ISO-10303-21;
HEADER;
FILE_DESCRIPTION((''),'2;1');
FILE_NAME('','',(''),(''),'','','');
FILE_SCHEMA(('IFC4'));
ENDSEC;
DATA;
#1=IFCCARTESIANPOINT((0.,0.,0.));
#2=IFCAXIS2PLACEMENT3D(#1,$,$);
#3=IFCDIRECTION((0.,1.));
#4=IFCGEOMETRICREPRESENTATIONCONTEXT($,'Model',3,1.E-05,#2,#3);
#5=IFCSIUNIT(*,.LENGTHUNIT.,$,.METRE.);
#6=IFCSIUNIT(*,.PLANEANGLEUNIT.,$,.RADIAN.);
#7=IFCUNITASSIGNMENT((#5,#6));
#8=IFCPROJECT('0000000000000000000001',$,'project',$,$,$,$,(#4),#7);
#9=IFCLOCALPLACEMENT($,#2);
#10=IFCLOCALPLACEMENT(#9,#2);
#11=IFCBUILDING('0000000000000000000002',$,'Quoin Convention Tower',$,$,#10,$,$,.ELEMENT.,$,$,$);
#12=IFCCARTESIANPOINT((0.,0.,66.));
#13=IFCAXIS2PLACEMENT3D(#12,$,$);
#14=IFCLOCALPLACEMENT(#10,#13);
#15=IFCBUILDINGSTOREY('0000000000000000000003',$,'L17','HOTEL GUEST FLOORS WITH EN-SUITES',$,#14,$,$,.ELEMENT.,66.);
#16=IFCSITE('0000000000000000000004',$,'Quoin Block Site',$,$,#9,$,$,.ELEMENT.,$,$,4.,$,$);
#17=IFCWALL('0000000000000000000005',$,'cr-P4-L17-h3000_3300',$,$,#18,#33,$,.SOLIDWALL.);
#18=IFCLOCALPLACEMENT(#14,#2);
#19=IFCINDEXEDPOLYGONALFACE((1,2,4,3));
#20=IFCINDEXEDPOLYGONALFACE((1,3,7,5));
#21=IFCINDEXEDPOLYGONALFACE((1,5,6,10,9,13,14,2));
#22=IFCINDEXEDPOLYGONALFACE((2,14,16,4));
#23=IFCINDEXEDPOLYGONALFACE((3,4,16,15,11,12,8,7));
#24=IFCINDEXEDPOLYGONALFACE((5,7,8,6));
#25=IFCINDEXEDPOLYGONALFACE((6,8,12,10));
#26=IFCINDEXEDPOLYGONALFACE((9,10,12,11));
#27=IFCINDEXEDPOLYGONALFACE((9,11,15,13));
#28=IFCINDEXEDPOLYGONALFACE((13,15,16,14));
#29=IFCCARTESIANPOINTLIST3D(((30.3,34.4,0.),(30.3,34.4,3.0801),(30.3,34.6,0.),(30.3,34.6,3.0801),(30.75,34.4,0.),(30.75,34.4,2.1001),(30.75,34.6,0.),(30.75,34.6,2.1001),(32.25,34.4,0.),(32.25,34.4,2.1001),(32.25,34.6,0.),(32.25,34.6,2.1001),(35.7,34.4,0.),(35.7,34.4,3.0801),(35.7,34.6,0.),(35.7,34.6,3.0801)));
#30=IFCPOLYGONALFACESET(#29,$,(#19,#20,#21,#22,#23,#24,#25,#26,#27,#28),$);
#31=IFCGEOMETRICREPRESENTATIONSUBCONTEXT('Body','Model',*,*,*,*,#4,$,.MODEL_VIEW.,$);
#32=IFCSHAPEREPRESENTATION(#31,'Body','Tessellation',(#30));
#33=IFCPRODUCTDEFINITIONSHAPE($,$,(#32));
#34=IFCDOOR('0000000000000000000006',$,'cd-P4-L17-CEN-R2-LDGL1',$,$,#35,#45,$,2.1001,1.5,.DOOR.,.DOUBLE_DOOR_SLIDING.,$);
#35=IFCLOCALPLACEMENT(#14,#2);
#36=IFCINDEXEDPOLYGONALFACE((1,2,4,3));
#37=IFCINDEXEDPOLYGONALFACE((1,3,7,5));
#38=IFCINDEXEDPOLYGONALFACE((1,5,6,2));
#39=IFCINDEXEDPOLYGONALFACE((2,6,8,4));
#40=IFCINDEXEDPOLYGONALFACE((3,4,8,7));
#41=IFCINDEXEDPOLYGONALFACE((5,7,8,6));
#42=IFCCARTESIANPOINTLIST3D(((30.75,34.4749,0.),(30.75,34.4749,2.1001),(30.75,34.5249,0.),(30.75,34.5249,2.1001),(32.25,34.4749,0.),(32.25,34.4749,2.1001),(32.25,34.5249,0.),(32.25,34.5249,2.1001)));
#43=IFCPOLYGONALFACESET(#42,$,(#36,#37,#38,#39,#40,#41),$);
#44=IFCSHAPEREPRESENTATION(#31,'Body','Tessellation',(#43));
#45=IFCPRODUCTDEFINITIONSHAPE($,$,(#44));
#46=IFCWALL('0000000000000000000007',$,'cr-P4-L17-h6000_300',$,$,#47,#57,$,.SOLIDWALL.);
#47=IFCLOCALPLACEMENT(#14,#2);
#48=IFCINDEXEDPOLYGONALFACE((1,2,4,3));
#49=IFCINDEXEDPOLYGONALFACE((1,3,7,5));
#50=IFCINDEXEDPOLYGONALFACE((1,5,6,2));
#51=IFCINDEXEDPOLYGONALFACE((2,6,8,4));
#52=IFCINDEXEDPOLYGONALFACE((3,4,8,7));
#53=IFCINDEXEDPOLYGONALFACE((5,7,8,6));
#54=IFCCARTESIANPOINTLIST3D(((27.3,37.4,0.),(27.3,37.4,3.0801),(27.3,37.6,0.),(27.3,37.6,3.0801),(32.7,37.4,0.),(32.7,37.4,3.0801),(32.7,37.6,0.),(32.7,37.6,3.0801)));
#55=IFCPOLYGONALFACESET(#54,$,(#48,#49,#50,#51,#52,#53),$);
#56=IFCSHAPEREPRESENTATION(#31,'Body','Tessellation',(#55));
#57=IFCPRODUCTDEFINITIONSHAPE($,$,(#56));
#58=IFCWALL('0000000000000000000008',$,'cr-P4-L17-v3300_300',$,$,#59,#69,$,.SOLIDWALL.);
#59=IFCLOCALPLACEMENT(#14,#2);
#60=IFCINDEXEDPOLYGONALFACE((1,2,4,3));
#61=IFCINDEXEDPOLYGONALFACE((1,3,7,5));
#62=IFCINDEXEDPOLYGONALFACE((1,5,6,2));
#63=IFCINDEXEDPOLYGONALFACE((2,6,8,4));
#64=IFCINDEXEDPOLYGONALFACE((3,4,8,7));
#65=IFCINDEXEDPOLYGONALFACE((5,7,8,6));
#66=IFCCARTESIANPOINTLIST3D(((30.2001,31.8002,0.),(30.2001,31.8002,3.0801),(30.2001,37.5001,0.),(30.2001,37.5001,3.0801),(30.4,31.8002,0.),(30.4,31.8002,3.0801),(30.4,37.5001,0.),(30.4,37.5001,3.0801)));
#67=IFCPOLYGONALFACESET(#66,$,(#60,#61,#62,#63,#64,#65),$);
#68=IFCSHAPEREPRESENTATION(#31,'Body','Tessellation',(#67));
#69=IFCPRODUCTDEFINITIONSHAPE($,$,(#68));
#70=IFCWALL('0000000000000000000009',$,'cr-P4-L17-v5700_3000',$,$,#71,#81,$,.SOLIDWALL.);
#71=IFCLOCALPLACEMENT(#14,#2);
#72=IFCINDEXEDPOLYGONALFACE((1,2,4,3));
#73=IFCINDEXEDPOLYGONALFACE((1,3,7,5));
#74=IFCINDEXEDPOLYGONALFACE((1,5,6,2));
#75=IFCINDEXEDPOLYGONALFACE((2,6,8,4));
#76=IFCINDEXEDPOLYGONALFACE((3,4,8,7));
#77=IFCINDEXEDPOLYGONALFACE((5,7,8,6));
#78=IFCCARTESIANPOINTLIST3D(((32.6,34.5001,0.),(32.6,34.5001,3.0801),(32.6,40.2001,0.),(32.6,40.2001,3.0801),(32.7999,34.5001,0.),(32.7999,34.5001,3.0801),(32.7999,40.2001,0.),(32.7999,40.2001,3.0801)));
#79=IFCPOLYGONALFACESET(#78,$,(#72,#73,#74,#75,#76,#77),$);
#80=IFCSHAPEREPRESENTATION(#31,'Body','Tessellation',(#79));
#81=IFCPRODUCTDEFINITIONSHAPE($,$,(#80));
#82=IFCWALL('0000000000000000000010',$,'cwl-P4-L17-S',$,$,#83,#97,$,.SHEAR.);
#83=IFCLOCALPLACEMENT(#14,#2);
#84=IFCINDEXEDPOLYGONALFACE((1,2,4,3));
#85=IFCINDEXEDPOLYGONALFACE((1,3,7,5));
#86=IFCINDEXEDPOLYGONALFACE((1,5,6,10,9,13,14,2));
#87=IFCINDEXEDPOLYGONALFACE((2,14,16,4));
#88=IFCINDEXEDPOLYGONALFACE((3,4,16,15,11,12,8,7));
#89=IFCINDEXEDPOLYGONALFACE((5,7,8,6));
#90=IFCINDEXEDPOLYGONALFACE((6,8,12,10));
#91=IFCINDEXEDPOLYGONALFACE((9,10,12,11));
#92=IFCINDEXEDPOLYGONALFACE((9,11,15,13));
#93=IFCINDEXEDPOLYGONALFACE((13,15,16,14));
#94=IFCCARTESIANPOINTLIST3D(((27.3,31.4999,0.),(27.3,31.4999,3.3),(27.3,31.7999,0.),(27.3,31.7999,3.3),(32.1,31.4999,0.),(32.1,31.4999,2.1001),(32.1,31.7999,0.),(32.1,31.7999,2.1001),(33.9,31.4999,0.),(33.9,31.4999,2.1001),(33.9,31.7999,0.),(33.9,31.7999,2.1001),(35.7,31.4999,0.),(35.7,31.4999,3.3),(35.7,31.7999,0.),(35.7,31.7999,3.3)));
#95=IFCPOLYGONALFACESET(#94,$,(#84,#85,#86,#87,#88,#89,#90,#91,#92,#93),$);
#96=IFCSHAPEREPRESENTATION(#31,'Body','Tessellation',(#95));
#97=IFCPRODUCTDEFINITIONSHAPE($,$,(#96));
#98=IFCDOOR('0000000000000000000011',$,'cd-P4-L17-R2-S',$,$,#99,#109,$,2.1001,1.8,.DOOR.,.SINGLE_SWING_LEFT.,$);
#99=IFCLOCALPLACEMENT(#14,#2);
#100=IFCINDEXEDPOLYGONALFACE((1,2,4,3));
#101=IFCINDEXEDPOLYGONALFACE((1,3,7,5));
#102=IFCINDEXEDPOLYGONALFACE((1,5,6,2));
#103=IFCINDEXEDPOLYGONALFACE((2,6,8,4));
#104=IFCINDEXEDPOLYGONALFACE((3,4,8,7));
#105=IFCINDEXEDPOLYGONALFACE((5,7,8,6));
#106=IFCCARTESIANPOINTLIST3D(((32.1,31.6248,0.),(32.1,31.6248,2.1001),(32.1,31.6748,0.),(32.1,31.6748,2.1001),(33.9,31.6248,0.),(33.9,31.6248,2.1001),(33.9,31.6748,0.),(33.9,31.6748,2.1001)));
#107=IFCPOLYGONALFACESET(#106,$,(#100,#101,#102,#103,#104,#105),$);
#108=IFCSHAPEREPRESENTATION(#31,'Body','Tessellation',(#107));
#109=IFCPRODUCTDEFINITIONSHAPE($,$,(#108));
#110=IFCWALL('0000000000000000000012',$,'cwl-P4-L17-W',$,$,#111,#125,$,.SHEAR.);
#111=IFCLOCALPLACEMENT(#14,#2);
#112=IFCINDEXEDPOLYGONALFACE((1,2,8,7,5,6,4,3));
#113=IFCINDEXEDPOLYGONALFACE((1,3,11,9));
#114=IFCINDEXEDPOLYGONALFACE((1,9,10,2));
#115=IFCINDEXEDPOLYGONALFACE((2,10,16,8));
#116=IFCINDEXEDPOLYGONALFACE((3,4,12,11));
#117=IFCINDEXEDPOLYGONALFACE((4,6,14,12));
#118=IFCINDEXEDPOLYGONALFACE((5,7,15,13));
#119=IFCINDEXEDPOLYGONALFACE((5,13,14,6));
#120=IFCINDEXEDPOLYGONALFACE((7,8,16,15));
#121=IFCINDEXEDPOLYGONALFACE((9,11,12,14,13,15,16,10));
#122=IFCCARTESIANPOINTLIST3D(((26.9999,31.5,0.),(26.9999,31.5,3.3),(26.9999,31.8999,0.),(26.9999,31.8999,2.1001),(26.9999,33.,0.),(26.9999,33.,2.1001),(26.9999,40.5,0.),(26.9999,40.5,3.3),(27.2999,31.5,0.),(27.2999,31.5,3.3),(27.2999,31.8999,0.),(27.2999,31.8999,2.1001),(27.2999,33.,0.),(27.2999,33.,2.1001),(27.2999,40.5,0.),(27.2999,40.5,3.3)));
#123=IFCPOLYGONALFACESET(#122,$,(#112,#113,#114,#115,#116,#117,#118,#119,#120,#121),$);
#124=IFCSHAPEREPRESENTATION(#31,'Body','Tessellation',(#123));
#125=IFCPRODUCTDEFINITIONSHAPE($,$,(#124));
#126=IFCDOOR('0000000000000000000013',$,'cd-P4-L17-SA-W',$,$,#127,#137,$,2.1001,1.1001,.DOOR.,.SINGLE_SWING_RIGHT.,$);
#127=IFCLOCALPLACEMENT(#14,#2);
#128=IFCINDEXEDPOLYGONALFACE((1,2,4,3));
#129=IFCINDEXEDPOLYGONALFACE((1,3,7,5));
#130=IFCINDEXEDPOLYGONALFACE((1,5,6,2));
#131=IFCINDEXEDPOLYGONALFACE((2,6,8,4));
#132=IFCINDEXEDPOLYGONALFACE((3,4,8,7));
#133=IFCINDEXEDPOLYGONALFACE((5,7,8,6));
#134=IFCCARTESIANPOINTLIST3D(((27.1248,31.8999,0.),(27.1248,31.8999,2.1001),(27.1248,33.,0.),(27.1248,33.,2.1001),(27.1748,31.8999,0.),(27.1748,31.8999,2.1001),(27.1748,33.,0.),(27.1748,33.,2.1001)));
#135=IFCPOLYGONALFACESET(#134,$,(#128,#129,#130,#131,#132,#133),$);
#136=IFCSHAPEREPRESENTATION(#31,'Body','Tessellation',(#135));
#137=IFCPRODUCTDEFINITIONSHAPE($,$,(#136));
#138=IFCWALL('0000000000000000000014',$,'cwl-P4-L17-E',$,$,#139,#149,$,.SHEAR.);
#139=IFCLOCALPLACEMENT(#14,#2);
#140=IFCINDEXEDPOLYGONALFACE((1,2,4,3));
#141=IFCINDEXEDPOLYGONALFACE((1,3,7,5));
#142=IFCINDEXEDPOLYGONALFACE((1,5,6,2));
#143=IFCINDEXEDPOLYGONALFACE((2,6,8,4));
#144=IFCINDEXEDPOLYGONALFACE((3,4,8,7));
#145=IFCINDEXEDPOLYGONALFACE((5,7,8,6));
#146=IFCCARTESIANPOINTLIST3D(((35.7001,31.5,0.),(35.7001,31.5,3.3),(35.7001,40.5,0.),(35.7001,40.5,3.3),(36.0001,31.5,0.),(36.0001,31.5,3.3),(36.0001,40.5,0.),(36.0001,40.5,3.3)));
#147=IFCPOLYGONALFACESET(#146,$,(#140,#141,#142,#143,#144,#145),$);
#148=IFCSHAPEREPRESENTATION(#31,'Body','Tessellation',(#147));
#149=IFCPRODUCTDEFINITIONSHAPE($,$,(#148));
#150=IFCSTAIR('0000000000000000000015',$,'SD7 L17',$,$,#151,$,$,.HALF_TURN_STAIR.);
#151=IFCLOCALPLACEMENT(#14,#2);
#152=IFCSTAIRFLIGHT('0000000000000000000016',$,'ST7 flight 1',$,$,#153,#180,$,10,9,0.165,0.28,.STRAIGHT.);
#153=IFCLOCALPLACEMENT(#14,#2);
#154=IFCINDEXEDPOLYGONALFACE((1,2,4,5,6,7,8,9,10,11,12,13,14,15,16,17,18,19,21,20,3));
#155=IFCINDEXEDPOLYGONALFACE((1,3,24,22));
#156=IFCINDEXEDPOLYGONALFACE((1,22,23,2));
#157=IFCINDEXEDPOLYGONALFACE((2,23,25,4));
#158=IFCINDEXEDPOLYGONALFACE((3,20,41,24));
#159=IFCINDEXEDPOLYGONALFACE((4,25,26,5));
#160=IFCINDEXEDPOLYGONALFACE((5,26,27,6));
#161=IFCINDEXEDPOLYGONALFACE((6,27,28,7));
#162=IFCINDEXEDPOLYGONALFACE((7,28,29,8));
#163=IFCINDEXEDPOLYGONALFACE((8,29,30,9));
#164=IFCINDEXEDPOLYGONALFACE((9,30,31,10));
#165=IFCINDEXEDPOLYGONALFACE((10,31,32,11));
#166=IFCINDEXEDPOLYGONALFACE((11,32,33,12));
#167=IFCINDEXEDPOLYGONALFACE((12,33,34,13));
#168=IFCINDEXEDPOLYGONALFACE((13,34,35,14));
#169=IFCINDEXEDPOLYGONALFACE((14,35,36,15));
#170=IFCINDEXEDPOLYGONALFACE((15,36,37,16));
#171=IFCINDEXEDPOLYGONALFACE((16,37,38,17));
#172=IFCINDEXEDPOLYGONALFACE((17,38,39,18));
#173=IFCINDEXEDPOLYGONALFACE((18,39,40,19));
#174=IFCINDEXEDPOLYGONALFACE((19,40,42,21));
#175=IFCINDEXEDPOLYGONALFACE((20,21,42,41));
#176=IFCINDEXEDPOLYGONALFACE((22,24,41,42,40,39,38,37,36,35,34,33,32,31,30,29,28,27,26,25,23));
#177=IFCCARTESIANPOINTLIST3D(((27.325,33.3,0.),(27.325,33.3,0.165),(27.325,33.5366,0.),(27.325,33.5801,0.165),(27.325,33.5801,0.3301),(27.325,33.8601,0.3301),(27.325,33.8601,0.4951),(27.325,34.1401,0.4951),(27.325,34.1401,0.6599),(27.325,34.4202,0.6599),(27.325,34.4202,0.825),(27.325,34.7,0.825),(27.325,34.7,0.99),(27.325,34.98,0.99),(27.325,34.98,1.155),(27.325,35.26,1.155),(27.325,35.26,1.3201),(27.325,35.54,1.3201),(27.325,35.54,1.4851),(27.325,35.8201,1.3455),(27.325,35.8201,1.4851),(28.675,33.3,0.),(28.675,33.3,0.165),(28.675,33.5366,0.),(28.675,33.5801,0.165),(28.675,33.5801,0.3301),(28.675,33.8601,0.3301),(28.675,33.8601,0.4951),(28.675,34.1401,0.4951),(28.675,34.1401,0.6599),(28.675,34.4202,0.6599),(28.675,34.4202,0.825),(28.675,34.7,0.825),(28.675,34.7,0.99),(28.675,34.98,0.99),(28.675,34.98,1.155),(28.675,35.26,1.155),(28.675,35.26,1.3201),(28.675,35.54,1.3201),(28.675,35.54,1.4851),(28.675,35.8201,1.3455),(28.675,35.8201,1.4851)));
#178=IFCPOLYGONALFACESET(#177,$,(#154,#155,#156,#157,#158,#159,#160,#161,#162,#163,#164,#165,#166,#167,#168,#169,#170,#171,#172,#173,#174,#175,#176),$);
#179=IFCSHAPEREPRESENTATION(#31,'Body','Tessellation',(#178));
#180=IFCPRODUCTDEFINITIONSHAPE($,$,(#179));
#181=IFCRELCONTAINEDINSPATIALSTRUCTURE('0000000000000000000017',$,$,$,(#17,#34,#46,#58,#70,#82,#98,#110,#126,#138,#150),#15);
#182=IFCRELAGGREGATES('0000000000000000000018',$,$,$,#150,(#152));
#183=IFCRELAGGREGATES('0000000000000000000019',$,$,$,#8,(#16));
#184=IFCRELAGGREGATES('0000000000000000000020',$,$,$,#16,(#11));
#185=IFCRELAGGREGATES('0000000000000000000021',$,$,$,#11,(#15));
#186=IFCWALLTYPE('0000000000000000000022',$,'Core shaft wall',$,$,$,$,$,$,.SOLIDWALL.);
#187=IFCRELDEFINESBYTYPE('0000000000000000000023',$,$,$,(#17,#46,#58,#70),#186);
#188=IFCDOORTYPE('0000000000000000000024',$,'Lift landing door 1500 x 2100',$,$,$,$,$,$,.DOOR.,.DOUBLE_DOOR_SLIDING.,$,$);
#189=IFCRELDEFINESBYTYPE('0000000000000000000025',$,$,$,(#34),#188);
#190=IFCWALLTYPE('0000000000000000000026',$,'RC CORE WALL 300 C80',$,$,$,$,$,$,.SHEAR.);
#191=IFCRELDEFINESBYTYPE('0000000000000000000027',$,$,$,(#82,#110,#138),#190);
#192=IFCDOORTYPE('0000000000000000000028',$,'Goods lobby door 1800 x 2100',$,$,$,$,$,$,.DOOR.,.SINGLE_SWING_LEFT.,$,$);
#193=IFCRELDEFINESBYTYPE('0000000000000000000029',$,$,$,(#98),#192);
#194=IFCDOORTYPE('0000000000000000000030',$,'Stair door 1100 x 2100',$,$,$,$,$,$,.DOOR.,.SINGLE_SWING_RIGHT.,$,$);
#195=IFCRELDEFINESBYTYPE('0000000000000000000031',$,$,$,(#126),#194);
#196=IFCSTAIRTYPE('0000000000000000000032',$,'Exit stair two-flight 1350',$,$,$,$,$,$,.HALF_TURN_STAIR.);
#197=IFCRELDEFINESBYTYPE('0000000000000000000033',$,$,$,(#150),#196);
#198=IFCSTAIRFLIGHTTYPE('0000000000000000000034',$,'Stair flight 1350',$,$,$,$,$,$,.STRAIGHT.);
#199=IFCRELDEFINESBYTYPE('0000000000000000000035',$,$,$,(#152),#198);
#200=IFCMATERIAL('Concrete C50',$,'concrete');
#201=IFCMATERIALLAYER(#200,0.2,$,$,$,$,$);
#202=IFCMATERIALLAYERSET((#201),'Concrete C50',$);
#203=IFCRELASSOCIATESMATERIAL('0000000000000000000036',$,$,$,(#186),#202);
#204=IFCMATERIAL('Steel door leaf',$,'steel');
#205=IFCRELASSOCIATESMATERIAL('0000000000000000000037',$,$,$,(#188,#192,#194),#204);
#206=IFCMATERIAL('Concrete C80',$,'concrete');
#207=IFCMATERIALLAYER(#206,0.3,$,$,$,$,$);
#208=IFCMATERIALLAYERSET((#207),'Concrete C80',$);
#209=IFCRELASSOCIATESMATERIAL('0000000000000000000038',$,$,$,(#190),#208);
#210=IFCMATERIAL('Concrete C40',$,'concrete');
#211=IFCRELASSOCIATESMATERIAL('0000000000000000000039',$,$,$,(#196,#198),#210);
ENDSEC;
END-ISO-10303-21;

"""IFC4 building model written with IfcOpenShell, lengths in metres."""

from ifc_helpers import new_model, si_unit, direction, frame, frame_2d, origin, place, context, subcontext, project, spatial, polyline, rectangle, outline, extrude, material, layer, layer_set, type_object, element, fill, aggregate, save


model = new_model("IFC4")

# Units and contexts
model_context = context("Model", 3, precision=1e-05, world=origin(), true_north=direction((0.0, 1.0)))
body_context = subcontext(model_context, "Body", "Model", "MODEL_VIEW")
ifc_project = project(units=[si_unit("LENGTHUNIT", "METRE"), si_unit("PLANEANGLEUNIT", "RADIAN")], contexts=[model_context])

# Site, building, storey
site_placement = place(None, origin())
site = spatial("IfcSite", under=ifc_project, at=site_placement, Name="Quoin Block Site", CompositionType="ELEMENT", RefElevation=4.0)
building_placement = place(site_placement, origin())
building = spatial("IfcBuilding", under=site, at=building_placement, Name="Quoin Convention Tower", CompositionType="ELEMENT")
storey_placement = place(building_placement, frame((0.0, 0.0, 66.0)))
storey = spatial("IfcBuildingStorey", under=building, at=storey_placement, Name="L17", Description="HOTEL GUEST FLOORS WITH EN-SUITES", CompositionType="ELEMENT", Elevation=66.0)

# Wall, opening, door
ifc_material_1 = material(Name="Concrete C50", Category="concrete")
ifc_layer_1 = layer(ifc_material_1, 0.2)
ifc_layer_set_1 = layer_set([ifc_layer_1], Name="Concrete C50")
wall_type_1 = type_object("IfcWallType", Name="Core shaft wall", PredefinedType="SOLIDWALL", material=ifc_layer_set_1)
wall_1_placement = place(storey_placement, frame((30.3, 34.5, 0.0), z_axis=(0.0, 0.0, 1.0), x_axis=(1.0, 0.0, 0.0)))
wall_1 = element("IfcWall", 1, at=wall_1_placement, inside=storey, type_object=wall_type_1, Name="cr-P4-L17-h3000_3300", PredefinedType="SOLIDWALL", context=body_context, shape_type="SweptSolid", body=[
    extrude(rectangle(XDim=5.3999, YDim=0.2, at=frame_2d((2.7, 0.0))), origin(), (0.0, 0.0, 1.0), 3.0801),
])
opening_1_placement = place(wall_1_placement, frame((0.45, 0.0, 0.0)))
opening_1 = element("IfcOpeningElement", 2, at=opening_1_placement, cuts=wall_1, PredefinedType="OPENING", context=body_context, shape_type="SweptSolid", body=[
    extrude(rectangle(XDim=1.5, YDim=2.1001, at=frame_2d((0.75, 1.05))), frame((0.0, 0.1099, 0.0), z_axis=(0.0, -1.0, 0.0), x_axis=(1.0, 0.0, 0.0)), (0.0, 0.0, 1.0), 0.22),
])
ifc_material_2 = material(Name="Steel door leaf", Category="steel")
door_type_1 = type_object("IfcDoorType", Name="Lift landing door 1500 x 2100", OperationType="DOUBLE_DOOR_SLIDING", PredefinedType="DOOR", material=ifc_material_2)
door_1_placement = place(opening_1_placement, origin())
door_1 = element("IfcDoor", 3, at=door_1_placement, inside=storey, type_object=door_type_1, Name="cd-P4-L17-CEN-R2-LDGL1", OperationType="DOUBLE_DOOR_SLIDING", OverallHeight=2.1001, OverallWidth=1.5, PredefinedType="DOOR", context=body_context, shape_type="SweptSolid", body=[
    extrude(rectangle(XDim=1.5, YDim=2.1001, at=frame_2d((0.75, 1.05))), frame((0.0, 0.0249, 0.0), z_axis=(0.0, -1.0, 0.0), x_axis=(1.0, 0.0, 0.0)), (0.0, 0.0, 1.0), 0.05),
])
fill(opening_1, door_1)

# Walls
wall_2_placement = place(storey_placement, frame((27.3, 37.5, 0.0), z_axis=(0.0, 0.0, 1.0), x_axis=(1.0, 0.0, 0.0)))
element("IfcWall", 4, at=wall_2_placement, inside=storey, type_object=wall_type_1, Name="cr-P4-L17-h6000_300", PredefinedType="SOLIDWALL", context=body_context, shape_type="SweptSolid", body=[
    extrude(rectangle(XDim=5.3999, YDim=0.2, at=frame_2d((2.7, 0.0))), origin(), (0.0, 0.0, 1.0), 3.0801),
])
for number, where, z_axis, x_axis, name in (
    (5, (30.3, 31.8, 0.0), (0.0, 0.0, 1.0), (0.0, 1.0, 0.0), "cr-P4-L17-v3300_300"),
    (6, (32.7, 34.5, 0.0), (0.0, 0.0, 1.0), (0.0, 1.0, 0.0), "cr-P4-L17-v5700_3000"),
):
    element("IfcWall", number, at=place(storey_placement, frame(where, z_axis=z_axis, x_axis=x_axis)), inside=storey, type_object=wall_type_1, Name=name, PredefinedType="SOLIDWALL", context=body_context, shape_type="SweptSolid", body=[
        extrude(rectangle(XDim=5.7, YDim=0.2, at=frame_2d((2.8501, 0.0))), origin(), (0.0, 0.0, 1.0), 3.0801),
    ])

# Walls, openings, doors
ifc_material_3 = material(Name="Concrete C80", Category="concrete")
ifc_layer_2 = layer(ifc_material_3, 0.3)
ifc_layer_set_2 = layer_set([ifc_layer_2], Name="Concrete C80")
wall_type_2 = type_object("IfcWallType", Name="RC CORE WALL 300 C80", PredefinedType="SHEAR", material=ifc_layer_set_2)
wall_3_placement = place(storey_placement, frame((27.3, 31.6499, 0.0), z_axis=(0.0, 0.0, 1.0), x_axis=(1.0, 0.0, 0.0)))
wall_3 = element("IfcWall", 7, at=wall_3_placement, inside=storey, type_object=wall_type_2, Name="cwl-P4-L17-S", PredefinedType="SHEAR", context=body_context, shape_type="SweptSolid", body=[
    extrude(rectangle(XDim=8.3999, YDim=0.3, at=frame_2d((4.2, 0.0))), origin(), (0.0, 0.0, 1.0), 3.3),
])
opening_2_placement = place(wall_3_placement, frame((4.8, 0.0, 0.0)))
opening_2 = element("IfcOpeningElement", 8, at=opening_2_placement, cuts=wall_3, PredefinedType="OPENING", context=body_context, shape_type="SweptSolid", body=[
    extrude(rectangle(XDim=1.8, YDim=2.1001, at=frame_2d((0.8999, 1.05))), frame((0.0, 0.1599, 0.0), z_axis=(0.0, -1.0, 0.0), x_axis=(1.0, 0.0, 0.0)), (0.0, 0.0, 1.0), 0.3201),
])
door_type_2 = type_object("IfcDoorType", Name="Goods lobby door 1800 x 2100", OperationType="SINGLE_SWING_LEFT", PredefinedType="DOOR", material=ifc_material_2)
door_2_placement = place(opening_2_placement, origin())
door_2 = element("IfcDoor", 9, at=door_2_placement, inside=storey, type_object=door_type_2, Name="cd-P4-L17-R2-S", OperationType="SINGLE_SWING_LEFT", OverallHeight=2.1001, OverallWidth=1.8, PredefinedType="DOOR", context=body_context, shape_type="SweptSolid", body=[
    extrude(rectangle(XDim=1.8, YDim=2.1001, at=frame_2d((0.8999, 1.05))), frame((0.0, 0.0249, 0.0), z_axis=(0.0, -1.0, 0.0), x_axis=(1.0, 0.0, 0.0)), (0.0, 0.0, 1.0), 0.05),
])
fill(opening_2, door_2)
wall_4_placement = place(storey_placement, frame((27.1499, 31.5, 0.0), z_axis=(0.0, 0.0, 1.0), x_axis=(0.0, 1.0, 0.0)))
wall_4 = element("IfcWall", 10, at=wall_4_placement, inside=storey, type_object=wall_type_2, Name="cwl-P4-L17-W", PredefinedType="SHEAR", context=body_context, shape_type="SweptSolid", body=[
    extrude(rectangle(XDim=9.0, YDim=0.3, at=frame_2d((4.5, 0.0))), origin(), (0.0, 0.0, 1.0), 3.3),
])
opening_3_placement = place(wall_4_placement, frame((0.3999, 0.0, 0.0)))
opening_3 = element("IfcOpeningElement", 11, at=opening_3_placement, cuts=wall_4, PredefinedType="OPENING", context=body_context, shape_type="SweptSolid", body=[
    extrude(rectangle(XDim=1.1001, YDim=2.1001, at=frame_2d((0.55, 1.05))), frame((0.0, 0.1599, 0.0), z_axis=(0.0, -1.0, 0.0), x_axis=(1.0, 0.0, 0.0)), (0.0, 0.0, 1.0), 0.3201),
])
door_type_3 = type_object("IfcDoorType", Name="Stair door 1100 x 2100", OperationType="SINGLE_SWING_RIGHT", PredefinedType="DOOR", material=ifc_material_2)
door_3_placement = place(opening_3_placement, frame((1.1001, 0.0, 0.0), z_axis=(0.0, 0.0, 1.0), x_axis=(-1.0, 0.0, 0.0)))
door_3 = element("IfcDoor", 12, at=door_3_placement, inside=storey, type_object=door_type_3, Name="cd-P4-L17-SA-W", OperationType="SINGLE_SWING_RIGHT", OverallHeight=2.1001, OverallWidth=1.1001, PredefinedType="DOOR", context=body_context, shape_type="SweptSolid", body=[
    extrude(rectangle(XDim=1.1001, YDim=2.1001, at=frame_2d((0.55, 1.05))), frame((0.0, 0.0249, 0.0), z_axis=(0.0, -1.0, 0.0), x_axis=(1.0, 0.0, 0.0)), (0.0, 0.0, 1.0), 0.05),
])
fill(opening_3, door_3)

# Wall
wall_5_placement = place(storey_placement, frame((35.8501, 31.5, 0.0), z_axis=(0.0, 0.0, 1.0), x_axis=(0.0, 1.0, 0.0)))
element("IfcWall", 13, at=wall_5_placement, inside=storey, type_object=wall_type_2, Name="cwl-P4-L17-E", PredefinedType="SHEAR", context=body_context, shape_type="SweptSolid", body=[
    extrude(rectangle(XDim=9.0, YDim=0.3, at=frame_2d((4.5, 0.0))), origin(), (0.0, 0.0, 1.0), 3.3),
])

# Stair, stair flight
ifc_material_4 = material(Name="Concrete C40", Category="concrete")
stair_type = type_object("IfcStairType", Name="Exit stair two-flight 1350", PredefinedType="HALF_TURN_STAIR", material=ifc_material_4)
stair_1_placement = place(storey_placement, origin())
stair_1 = element("IfcStair", 14, at=stair_1_placement, inside=storey, type_object=stair_type, Name="SD7 L17", PredefinedType="HALF_TURN_STAIR")
stair_flight_type = type_object("IfcStairFlightType", Name="Stair flight 1350", PredefinedType="STRAIGHT", material=ifc_material_4)
stair_flight_1_placement = place(storey_placement, frame((28.0, 33.3, 0.0), z_axis=(0.0, 0.0, 1.0), x_axis=(0.0, 1.0, 0.0)))
stair_flight_1 = element("IfcStairFlight", 15, at=stair_flight_1_placement, type_object=stair_flight_type, Name="ST7 flight 1", NumberOfRisers=10, NumberOfTreads=9, PredefinedType="STRAIGHT", RiserHeight=0.165, TreadLength=0.28, context=body_context, shape_type="SweptSolid", body=[
    extrude(outline(polyline([(0.0, 0.0), (0.0, 0.165), (0.28, 0.165), (0.28, 0.3301), (0.5601, 0.3301), (0.5601, 0.4951), (0.8401, 0.4951), (0.8401, 0.6599), (1.1201, 0.6599), (1.1201, 0.825), (1.3999, 0.825), (1.3999, 0.99), (1.6799, 0.99), (1.6799, 1.155), (1.96, 1.155), (1.96, 1.3201), (2.24, 1.3201), (2.24, 1.4851), (2.52, 1.4851), (2.52, 1.6499), (2.52, 1.3455), (0.2366, 0.0), (0.0, 0.0)])), frame((0.0, 0.675, 0.0), z_axis=(0.0, -1.0, 0.0), x_axis=(1.0, 0.0, 0.0)), (0.0, 0.0, 1.0), 1.3501),
])
aggregate(stair_1, [stair_flight_1])

save(model, "model.ifc")
